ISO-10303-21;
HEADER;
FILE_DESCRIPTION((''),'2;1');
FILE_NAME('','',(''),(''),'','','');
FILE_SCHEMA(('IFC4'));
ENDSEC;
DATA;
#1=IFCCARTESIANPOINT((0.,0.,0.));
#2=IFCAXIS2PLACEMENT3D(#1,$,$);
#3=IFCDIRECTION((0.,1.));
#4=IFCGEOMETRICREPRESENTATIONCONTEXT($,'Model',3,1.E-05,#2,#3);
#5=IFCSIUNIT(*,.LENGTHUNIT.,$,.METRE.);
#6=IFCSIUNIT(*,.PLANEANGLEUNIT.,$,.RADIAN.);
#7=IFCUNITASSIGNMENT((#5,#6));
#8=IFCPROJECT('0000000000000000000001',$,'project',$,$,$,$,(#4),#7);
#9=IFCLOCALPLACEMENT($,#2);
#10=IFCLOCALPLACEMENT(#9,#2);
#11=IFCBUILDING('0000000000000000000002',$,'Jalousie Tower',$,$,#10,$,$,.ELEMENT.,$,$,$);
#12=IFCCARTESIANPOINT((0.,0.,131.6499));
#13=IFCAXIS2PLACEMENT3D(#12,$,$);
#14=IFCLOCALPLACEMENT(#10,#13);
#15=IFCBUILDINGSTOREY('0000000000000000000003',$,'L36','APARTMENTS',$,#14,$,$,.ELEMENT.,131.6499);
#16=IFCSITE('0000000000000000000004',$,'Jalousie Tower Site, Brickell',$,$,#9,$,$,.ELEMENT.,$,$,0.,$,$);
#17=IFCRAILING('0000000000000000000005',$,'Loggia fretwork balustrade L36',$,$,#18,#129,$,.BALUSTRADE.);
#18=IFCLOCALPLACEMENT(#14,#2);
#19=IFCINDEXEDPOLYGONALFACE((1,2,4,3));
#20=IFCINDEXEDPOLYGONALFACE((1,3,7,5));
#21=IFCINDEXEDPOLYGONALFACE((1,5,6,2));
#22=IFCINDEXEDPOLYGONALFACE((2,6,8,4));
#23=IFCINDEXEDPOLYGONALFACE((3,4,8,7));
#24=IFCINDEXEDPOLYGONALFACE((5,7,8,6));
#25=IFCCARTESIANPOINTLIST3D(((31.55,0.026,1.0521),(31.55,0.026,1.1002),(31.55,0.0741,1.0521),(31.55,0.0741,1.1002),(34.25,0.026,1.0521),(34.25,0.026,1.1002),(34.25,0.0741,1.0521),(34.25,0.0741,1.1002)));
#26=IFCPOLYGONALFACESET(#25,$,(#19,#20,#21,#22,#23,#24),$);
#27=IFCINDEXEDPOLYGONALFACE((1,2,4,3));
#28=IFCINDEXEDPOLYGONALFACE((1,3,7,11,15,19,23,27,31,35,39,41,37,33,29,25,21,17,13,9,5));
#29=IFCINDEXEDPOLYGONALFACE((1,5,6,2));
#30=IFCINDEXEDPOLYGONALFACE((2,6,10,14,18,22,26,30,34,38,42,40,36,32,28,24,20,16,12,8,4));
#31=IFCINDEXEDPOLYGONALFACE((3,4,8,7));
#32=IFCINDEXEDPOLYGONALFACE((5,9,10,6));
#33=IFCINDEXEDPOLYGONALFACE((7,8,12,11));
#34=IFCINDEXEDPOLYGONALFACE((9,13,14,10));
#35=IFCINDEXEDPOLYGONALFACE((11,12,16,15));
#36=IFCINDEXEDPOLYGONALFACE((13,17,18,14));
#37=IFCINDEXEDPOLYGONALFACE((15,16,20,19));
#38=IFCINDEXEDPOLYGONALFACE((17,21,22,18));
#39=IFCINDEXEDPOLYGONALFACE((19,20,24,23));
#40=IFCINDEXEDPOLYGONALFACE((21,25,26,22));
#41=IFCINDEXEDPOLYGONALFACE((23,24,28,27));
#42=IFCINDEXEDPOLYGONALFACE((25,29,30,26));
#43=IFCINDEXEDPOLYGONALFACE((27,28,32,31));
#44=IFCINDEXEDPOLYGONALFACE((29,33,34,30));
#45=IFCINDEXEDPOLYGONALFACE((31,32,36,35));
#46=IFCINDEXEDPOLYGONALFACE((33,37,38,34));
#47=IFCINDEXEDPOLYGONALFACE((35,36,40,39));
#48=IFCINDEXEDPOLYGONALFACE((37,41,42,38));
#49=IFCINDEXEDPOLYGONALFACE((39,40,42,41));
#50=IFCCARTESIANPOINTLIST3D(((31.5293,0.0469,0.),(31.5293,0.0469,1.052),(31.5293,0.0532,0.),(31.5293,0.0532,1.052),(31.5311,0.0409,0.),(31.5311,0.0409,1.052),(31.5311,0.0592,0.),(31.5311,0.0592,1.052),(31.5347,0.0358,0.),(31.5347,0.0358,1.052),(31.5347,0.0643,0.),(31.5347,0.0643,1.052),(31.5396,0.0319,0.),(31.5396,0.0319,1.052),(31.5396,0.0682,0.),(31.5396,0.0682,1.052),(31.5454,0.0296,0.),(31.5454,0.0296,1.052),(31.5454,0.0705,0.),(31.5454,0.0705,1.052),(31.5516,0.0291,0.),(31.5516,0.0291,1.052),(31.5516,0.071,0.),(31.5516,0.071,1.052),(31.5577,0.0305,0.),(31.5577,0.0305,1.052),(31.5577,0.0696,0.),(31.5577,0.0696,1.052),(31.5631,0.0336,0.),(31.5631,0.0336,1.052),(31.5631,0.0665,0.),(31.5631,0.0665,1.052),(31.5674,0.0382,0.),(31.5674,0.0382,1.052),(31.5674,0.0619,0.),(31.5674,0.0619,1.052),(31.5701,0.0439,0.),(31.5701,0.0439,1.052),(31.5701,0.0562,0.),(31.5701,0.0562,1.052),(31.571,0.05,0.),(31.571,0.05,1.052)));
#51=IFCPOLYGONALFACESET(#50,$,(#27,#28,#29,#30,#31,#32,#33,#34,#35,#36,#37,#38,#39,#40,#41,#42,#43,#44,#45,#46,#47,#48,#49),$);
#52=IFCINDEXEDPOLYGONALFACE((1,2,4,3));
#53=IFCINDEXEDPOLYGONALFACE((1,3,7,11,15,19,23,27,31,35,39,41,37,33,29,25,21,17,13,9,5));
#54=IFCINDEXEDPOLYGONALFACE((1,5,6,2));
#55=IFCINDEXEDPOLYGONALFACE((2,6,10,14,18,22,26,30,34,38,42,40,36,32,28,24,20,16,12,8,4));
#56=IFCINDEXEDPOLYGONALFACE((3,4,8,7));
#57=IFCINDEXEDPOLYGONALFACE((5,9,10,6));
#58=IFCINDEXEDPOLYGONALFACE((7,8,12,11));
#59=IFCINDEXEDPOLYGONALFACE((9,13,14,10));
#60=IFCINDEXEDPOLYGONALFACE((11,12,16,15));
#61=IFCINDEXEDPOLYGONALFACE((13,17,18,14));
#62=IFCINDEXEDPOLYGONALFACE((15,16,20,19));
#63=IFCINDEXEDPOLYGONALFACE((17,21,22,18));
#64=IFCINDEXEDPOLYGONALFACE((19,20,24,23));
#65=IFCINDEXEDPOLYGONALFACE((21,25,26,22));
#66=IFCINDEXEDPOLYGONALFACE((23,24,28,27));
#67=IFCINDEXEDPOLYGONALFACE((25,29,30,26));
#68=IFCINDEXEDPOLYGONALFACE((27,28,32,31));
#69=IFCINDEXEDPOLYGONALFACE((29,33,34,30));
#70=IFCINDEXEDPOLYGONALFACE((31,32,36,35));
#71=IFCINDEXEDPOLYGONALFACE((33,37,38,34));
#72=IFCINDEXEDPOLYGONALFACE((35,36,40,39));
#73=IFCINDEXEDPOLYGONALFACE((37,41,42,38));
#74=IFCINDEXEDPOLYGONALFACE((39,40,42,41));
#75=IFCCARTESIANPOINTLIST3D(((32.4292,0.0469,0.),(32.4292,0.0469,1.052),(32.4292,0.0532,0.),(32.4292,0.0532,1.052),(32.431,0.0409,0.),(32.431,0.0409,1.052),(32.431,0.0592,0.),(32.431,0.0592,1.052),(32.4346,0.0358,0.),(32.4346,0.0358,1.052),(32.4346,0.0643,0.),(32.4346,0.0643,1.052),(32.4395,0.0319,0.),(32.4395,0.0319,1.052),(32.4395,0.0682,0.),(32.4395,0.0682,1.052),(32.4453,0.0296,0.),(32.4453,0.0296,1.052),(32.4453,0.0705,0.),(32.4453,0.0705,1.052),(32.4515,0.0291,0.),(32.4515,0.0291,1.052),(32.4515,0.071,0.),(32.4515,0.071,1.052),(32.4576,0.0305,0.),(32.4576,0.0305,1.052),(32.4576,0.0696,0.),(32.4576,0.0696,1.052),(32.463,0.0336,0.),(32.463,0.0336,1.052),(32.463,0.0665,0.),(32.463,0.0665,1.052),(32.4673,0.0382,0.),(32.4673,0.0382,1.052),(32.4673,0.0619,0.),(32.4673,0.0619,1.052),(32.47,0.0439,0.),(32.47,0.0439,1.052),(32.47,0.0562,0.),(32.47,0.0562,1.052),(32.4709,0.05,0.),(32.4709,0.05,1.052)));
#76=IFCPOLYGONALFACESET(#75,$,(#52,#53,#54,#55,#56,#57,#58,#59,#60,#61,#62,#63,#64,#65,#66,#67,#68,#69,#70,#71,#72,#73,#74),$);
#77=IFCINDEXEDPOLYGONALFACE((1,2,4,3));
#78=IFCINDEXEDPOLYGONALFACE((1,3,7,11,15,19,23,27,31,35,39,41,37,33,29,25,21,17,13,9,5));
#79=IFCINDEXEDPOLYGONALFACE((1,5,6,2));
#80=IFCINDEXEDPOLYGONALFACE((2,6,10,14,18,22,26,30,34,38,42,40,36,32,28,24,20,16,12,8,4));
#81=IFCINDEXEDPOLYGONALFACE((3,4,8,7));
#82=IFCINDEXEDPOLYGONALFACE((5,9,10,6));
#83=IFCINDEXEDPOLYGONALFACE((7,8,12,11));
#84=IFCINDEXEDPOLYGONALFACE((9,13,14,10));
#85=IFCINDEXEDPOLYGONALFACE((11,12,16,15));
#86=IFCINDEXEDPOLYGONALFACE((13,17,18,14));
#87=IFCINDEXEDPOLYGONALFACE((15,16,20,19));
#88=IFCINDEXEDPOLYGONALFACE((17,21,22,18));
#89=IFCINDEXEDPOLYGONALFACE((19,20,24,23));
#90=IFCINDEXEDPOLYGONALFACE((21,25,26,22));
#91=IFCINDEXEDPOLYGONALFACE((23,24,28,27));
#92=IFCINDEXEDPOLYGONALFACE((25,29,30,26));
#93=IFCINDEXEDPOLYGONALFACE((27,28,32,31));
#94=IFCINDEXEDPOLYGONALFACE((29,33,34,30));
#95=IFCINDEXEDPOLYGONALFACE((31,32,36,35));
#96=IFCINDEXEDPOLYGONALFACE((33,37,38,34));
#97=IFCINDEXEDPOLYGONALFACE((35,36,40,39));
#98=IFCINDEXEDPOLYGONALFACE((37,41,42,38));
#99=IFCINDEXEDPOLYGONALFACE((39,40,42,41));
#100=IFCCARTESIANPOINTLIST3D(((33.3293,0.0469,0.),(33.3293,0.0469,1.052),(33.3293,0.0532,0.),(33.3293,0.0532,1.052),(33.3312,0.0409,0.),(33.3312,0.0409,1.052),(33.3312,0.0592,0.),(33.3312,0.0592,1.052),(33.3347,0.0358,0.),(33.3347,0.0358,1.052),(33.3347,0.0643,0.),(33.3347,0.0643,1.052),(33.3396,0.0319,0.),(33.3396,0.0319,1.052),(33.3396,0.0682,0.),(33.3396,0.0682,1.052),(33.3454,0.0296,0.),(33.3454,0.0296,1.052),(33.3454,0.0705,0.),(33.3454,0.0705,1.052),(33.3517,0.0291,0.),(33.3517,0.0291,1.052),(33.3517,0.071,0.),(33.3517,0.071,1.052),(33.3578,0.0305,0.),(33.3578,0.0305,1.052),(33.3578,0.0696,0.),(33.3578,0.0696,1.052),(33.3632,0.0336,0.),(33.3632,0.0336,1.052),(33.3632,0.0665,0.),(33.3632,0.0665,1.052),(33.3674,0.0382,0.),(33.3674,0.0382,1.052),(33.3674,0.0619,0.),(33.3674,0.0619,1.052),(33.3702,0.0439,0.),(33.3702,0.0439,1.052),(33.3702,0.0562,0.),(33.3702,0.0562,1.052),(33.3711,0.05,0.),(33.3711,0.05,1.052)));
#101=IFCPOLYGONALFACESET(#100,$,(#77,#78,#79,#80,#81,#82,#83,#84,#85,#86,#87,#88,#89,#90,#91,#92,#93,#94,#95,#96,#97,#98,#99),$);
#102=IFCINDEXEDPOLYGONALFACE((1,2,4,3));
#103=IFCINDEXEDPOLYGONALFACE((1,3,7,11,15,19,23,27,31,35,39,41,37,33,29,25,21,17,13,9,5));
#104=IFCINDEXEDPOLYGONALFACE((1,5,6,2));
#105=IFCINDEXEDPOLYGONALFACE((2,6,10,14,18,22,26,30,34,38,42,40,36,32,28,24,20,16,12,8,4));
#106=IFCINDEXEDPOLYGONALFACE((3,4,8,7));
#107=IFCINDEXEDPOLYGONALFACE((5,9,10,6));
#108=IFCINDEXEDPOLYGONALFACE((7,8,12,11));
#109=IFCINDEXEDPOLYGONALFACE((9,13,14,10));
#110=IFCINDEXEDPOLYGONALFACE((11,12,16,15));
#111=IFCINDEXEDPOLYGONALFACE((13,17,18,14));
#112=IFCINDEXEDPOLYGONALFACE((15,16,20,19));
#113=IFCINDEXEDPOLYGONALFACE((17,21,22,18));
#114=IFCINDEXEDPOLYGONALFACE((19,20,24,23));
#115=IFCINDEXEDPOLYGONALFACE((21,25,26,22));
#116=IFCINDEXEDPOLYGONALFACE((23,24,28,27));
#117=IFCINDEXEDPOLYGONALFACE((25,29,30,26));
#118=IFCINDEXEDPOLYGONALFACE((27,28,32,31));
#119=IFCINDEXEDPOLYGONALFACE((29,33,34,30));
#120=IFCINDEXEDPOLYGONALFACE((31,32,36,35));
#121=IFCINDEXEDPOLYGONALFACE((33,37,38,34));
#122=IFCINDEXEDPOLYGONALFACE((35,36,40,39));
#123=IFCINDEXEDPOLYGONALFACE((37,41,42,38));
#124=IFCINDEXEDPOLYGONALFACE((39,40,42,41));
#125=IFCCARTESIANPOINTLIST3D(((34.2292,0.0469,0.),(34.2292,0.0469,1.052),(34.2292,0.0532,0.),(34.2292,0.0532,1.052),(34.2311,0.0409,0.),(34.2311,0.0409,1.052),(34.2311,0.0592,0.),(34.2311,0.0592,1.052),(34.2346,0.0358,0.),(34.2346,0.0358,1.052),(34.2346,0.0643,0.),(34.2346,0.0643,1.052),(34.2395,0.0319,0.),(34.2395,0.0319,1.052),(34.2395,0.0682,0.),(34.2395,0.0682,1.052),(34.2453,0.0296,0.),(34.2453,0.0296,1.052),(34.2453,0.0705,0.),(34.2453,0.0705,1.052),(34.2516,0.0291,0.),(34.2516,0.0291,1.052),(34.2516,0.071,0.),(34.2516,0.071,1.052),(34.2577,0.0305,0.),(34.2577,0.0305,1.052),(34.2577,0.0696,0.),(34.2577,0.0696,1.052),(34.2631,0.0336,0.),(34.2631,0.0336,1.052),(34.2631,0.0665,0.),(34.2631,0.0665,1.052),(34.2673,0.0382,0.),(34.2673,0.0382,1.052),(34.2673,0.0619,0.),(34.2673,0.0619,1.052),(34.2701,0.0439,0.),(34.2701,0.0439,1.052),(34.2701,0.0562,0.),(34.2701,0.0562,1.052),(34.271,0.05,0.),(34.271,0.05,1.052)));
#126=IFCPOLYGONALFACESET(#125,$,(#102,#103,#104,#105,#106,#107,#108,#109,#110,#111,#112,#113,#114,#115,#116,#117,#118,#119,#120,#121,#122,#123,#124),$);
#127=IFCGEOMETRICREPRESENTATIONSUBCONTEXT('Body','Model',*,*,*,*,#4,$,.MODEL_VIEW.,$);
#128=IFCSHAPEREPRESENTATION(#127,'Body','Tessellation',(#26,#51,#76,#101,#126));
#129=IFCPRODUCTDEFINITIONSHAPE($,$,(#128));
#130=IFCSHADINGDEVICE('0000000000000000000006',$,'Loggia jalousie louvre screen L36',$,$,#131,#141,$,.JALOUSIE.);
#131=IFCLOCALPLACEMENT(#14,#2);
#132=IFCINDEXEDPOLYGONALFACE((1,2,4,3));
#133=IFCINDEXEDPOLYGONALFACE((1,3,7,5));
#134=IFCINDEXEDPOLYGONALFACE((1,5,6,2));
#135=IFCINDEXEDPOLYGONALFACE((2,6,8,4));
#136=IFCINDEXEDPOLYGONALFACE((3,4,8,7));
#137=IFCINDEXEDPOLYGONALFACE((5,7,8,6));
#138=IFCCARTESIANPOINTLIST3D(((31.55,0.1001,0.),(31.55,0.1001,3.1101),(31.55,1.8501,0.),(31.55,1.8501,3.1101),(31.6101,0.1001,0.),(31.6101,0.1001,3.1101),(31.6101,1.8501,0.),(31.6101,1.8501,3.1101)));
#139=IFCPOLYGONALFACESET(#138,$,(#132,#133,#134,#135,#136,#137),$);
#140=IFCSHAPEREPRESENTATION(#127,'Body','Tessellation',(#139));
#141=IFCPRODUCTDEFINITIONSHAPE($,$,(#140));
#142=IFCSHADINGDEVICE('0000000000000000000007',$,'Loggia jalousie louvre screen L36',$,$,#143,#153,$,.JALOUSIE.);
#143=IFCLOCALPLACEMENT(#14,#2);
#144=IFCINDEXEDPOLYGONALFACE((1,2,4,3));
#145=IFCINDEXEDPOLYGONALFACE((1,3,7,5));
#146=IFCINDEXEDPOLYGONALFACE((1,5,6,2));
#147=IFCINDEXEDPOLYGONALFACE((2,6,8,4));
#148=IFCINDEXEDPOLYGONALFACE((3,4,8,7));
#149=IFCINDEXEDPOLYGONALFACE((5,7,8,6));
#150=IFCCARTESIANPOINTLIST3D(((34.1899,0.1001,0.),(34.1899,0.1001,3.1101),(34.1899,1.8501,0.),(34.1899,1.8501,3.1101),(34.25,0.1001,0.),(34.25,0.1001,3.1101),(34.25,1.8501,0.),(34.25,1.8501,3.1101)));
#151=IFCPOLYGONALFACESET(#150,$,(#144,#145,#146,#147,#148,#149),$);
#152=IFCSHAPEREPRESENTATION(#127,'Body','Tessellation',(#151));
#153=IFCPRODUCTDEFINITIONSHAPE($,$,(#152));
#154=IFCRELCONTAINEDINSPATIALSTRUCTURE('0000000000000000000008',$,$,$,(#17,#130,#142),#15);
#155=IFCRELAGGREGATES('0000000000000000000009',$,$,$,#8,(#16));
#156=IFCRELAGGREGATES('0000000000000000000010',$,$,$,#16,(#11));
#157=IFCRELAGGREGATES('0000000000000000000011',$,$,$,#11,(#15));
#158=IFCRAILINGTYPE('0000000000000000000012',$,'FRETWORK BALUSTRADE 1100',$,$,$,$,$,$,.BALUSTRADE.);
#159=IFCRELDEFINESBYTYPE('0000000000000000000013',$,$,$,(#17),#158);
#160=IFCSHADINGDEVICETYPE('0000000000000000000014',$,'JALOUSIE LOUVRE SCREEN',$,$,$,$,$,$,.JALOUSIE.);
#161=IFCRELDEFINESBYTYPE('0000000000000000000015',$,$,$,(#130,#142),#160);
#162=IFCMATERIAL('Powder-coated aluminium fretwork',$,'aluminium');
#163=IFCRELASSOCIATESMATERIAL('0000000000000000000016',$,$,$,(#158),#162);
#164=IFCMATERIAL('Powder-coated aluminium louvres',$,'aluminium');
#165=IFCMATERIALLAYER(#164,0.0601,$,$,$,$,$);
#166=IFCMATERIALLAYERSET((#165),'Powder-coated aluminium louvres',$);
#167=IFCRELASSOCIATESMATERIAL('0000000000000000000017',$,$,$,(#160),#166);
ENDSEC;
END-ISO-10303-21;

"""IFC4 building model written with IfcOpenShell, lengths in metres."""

from ifc_helpers import new_model, si_unit, direction, frame, origin, origin_2d, place, context, subcontext, project, spatial, rectangle, circle, extrude, material, layer, layer_set, type_object, element, save


model = new_model("IFC4")

# Units and contexts
model_context = context("Model", 3, precision=1e-05, world=origin(), true_north=direction((0.0, 1.0)))
body_context = subcontext(model_context, "Body", "Model", "MODEL_VIEW")
ifc_project = project(units=[si_unit("LENGTHUNIT", "METRE"), si_unit("PLANEANGLEUNIT", "RADIAN")], contexts=[model_context])

# Site, building, storey
site_placement = place(None, origin())
site = spatial("IfcSite", under=ifc_project, at=site_placement, Name="Jalousie Tower Site, Brickell", CompositionType="ELEMENT", RefElevation=0.0)
building_placement = place(site_placement, origin())
building = spatial("IfcBuilding", under=site, at=building_placement, Name="Jalousie Tower", CompositionType="ELEMENT")
storey_placement = place(building_placement, frame((0.0, 0.0, 131.6499)))
storey = spatial("IfcBuildingStorey", under=building, at=storey_placement, Name="L36", Description="APARTMENTS", CompositionType="ELEMENT", Elevation=131.6499)

# Railing
ifc_material_1 = material(Name="Powder-coated aluminium fretwork", Category="aluminium")
railing_type = type_object("IfcRailingType", Name="FRETWORK BALUSTRADE 1100", PredefinedType="BALUSTRADE", material=ifc_material_1)
railing_placement = place(storey_placement, frame((31.55, 0.05, 0.0)))
element("IfcRailing", 1, at=railing_placement, inside=storey, type_object=railing_type, Name="Loggia fretwork balustrade L36", PredefinedType="BALUSTRADE", context=body_context, shape_type="SweptSolid", body=[
    extrude(rectangle(XDim=0.0481, YDim=0.0481, at=origin_2d()), frame((0.0, 0.0, 1.0762), z_axis=(1.0, 0.0, 0.0), x_axis=(0.0, 1.0, 0.0)), (0.0, 0.0, 1.0), 2.7),
    extrude(circle(Radius=0.021, at=origin_2d()), origin(), (0.0, 0.0, 1.0), 1.052),
    extrude(circle(Radius=0.021, at=origin_2d()), frame((0.8999, 0.0, 0.0)), (0.0, 0.0, 1.0), 1.052),
    extrude(circle(Radius=0.021, at=origin_2d()), frame((1.8, 0.0, 0.0)), (0.0, 0.0, 1.0), 1.052),
    extrude(circle(Radius=0.021, at=origin_2d()), frame((2.7, 0.0, 0.0)), (0.0, 0.0, 1.0), 1.052),
])

# Shading devices
ifc_material_2 = material(Name="Powder-coated aluminium louvres", Category="aluminium")
ifc_layer_1 = layer(ifc_material_2, 0.0601)
ifc_layer_set_1 = layer_set([ifc_layer_1], Name="Powder-coated aluminium louvres")
shading_device_type_1 = type_object("IfcShadingDeviceType", Name="JALOUSIE LOUVRE SCREEN", PredefinedType="JALOUSIE", material=ifc_layer_set_1)
for number, where, z_axis, x_axis, name in (
    (2, (31.5801, 0.9751, 0.0), (0.0, 0.0, 1.0), (1.0, 0.0, 0.0), "Loggia jalousie louvre screen L36"),
    (3, (34.22, 0.9751, 0.0), (0.0, 0.0, 1.0), (1.0, 0.0, 0.0), "Loggia jalousie louvre screen L36"),
):
    element("IfcShadingDevice", number, at=place(storey_placement, frame(where, z_axis=z_axis, x_axis=x_axis)), inside=storey, type_object=shading_device_type_1, Name=name, PredefinedType="JALOUSIE", context=body_context, shape_type="SweptSolid", body=[
        extrude(rectangle(XDim=0.0601, YDim=1.75, at=origin_2d()), origin(), (0.0, 0.0, 1.0), 3.1101),
    ])

save(model, "model.ifc")
